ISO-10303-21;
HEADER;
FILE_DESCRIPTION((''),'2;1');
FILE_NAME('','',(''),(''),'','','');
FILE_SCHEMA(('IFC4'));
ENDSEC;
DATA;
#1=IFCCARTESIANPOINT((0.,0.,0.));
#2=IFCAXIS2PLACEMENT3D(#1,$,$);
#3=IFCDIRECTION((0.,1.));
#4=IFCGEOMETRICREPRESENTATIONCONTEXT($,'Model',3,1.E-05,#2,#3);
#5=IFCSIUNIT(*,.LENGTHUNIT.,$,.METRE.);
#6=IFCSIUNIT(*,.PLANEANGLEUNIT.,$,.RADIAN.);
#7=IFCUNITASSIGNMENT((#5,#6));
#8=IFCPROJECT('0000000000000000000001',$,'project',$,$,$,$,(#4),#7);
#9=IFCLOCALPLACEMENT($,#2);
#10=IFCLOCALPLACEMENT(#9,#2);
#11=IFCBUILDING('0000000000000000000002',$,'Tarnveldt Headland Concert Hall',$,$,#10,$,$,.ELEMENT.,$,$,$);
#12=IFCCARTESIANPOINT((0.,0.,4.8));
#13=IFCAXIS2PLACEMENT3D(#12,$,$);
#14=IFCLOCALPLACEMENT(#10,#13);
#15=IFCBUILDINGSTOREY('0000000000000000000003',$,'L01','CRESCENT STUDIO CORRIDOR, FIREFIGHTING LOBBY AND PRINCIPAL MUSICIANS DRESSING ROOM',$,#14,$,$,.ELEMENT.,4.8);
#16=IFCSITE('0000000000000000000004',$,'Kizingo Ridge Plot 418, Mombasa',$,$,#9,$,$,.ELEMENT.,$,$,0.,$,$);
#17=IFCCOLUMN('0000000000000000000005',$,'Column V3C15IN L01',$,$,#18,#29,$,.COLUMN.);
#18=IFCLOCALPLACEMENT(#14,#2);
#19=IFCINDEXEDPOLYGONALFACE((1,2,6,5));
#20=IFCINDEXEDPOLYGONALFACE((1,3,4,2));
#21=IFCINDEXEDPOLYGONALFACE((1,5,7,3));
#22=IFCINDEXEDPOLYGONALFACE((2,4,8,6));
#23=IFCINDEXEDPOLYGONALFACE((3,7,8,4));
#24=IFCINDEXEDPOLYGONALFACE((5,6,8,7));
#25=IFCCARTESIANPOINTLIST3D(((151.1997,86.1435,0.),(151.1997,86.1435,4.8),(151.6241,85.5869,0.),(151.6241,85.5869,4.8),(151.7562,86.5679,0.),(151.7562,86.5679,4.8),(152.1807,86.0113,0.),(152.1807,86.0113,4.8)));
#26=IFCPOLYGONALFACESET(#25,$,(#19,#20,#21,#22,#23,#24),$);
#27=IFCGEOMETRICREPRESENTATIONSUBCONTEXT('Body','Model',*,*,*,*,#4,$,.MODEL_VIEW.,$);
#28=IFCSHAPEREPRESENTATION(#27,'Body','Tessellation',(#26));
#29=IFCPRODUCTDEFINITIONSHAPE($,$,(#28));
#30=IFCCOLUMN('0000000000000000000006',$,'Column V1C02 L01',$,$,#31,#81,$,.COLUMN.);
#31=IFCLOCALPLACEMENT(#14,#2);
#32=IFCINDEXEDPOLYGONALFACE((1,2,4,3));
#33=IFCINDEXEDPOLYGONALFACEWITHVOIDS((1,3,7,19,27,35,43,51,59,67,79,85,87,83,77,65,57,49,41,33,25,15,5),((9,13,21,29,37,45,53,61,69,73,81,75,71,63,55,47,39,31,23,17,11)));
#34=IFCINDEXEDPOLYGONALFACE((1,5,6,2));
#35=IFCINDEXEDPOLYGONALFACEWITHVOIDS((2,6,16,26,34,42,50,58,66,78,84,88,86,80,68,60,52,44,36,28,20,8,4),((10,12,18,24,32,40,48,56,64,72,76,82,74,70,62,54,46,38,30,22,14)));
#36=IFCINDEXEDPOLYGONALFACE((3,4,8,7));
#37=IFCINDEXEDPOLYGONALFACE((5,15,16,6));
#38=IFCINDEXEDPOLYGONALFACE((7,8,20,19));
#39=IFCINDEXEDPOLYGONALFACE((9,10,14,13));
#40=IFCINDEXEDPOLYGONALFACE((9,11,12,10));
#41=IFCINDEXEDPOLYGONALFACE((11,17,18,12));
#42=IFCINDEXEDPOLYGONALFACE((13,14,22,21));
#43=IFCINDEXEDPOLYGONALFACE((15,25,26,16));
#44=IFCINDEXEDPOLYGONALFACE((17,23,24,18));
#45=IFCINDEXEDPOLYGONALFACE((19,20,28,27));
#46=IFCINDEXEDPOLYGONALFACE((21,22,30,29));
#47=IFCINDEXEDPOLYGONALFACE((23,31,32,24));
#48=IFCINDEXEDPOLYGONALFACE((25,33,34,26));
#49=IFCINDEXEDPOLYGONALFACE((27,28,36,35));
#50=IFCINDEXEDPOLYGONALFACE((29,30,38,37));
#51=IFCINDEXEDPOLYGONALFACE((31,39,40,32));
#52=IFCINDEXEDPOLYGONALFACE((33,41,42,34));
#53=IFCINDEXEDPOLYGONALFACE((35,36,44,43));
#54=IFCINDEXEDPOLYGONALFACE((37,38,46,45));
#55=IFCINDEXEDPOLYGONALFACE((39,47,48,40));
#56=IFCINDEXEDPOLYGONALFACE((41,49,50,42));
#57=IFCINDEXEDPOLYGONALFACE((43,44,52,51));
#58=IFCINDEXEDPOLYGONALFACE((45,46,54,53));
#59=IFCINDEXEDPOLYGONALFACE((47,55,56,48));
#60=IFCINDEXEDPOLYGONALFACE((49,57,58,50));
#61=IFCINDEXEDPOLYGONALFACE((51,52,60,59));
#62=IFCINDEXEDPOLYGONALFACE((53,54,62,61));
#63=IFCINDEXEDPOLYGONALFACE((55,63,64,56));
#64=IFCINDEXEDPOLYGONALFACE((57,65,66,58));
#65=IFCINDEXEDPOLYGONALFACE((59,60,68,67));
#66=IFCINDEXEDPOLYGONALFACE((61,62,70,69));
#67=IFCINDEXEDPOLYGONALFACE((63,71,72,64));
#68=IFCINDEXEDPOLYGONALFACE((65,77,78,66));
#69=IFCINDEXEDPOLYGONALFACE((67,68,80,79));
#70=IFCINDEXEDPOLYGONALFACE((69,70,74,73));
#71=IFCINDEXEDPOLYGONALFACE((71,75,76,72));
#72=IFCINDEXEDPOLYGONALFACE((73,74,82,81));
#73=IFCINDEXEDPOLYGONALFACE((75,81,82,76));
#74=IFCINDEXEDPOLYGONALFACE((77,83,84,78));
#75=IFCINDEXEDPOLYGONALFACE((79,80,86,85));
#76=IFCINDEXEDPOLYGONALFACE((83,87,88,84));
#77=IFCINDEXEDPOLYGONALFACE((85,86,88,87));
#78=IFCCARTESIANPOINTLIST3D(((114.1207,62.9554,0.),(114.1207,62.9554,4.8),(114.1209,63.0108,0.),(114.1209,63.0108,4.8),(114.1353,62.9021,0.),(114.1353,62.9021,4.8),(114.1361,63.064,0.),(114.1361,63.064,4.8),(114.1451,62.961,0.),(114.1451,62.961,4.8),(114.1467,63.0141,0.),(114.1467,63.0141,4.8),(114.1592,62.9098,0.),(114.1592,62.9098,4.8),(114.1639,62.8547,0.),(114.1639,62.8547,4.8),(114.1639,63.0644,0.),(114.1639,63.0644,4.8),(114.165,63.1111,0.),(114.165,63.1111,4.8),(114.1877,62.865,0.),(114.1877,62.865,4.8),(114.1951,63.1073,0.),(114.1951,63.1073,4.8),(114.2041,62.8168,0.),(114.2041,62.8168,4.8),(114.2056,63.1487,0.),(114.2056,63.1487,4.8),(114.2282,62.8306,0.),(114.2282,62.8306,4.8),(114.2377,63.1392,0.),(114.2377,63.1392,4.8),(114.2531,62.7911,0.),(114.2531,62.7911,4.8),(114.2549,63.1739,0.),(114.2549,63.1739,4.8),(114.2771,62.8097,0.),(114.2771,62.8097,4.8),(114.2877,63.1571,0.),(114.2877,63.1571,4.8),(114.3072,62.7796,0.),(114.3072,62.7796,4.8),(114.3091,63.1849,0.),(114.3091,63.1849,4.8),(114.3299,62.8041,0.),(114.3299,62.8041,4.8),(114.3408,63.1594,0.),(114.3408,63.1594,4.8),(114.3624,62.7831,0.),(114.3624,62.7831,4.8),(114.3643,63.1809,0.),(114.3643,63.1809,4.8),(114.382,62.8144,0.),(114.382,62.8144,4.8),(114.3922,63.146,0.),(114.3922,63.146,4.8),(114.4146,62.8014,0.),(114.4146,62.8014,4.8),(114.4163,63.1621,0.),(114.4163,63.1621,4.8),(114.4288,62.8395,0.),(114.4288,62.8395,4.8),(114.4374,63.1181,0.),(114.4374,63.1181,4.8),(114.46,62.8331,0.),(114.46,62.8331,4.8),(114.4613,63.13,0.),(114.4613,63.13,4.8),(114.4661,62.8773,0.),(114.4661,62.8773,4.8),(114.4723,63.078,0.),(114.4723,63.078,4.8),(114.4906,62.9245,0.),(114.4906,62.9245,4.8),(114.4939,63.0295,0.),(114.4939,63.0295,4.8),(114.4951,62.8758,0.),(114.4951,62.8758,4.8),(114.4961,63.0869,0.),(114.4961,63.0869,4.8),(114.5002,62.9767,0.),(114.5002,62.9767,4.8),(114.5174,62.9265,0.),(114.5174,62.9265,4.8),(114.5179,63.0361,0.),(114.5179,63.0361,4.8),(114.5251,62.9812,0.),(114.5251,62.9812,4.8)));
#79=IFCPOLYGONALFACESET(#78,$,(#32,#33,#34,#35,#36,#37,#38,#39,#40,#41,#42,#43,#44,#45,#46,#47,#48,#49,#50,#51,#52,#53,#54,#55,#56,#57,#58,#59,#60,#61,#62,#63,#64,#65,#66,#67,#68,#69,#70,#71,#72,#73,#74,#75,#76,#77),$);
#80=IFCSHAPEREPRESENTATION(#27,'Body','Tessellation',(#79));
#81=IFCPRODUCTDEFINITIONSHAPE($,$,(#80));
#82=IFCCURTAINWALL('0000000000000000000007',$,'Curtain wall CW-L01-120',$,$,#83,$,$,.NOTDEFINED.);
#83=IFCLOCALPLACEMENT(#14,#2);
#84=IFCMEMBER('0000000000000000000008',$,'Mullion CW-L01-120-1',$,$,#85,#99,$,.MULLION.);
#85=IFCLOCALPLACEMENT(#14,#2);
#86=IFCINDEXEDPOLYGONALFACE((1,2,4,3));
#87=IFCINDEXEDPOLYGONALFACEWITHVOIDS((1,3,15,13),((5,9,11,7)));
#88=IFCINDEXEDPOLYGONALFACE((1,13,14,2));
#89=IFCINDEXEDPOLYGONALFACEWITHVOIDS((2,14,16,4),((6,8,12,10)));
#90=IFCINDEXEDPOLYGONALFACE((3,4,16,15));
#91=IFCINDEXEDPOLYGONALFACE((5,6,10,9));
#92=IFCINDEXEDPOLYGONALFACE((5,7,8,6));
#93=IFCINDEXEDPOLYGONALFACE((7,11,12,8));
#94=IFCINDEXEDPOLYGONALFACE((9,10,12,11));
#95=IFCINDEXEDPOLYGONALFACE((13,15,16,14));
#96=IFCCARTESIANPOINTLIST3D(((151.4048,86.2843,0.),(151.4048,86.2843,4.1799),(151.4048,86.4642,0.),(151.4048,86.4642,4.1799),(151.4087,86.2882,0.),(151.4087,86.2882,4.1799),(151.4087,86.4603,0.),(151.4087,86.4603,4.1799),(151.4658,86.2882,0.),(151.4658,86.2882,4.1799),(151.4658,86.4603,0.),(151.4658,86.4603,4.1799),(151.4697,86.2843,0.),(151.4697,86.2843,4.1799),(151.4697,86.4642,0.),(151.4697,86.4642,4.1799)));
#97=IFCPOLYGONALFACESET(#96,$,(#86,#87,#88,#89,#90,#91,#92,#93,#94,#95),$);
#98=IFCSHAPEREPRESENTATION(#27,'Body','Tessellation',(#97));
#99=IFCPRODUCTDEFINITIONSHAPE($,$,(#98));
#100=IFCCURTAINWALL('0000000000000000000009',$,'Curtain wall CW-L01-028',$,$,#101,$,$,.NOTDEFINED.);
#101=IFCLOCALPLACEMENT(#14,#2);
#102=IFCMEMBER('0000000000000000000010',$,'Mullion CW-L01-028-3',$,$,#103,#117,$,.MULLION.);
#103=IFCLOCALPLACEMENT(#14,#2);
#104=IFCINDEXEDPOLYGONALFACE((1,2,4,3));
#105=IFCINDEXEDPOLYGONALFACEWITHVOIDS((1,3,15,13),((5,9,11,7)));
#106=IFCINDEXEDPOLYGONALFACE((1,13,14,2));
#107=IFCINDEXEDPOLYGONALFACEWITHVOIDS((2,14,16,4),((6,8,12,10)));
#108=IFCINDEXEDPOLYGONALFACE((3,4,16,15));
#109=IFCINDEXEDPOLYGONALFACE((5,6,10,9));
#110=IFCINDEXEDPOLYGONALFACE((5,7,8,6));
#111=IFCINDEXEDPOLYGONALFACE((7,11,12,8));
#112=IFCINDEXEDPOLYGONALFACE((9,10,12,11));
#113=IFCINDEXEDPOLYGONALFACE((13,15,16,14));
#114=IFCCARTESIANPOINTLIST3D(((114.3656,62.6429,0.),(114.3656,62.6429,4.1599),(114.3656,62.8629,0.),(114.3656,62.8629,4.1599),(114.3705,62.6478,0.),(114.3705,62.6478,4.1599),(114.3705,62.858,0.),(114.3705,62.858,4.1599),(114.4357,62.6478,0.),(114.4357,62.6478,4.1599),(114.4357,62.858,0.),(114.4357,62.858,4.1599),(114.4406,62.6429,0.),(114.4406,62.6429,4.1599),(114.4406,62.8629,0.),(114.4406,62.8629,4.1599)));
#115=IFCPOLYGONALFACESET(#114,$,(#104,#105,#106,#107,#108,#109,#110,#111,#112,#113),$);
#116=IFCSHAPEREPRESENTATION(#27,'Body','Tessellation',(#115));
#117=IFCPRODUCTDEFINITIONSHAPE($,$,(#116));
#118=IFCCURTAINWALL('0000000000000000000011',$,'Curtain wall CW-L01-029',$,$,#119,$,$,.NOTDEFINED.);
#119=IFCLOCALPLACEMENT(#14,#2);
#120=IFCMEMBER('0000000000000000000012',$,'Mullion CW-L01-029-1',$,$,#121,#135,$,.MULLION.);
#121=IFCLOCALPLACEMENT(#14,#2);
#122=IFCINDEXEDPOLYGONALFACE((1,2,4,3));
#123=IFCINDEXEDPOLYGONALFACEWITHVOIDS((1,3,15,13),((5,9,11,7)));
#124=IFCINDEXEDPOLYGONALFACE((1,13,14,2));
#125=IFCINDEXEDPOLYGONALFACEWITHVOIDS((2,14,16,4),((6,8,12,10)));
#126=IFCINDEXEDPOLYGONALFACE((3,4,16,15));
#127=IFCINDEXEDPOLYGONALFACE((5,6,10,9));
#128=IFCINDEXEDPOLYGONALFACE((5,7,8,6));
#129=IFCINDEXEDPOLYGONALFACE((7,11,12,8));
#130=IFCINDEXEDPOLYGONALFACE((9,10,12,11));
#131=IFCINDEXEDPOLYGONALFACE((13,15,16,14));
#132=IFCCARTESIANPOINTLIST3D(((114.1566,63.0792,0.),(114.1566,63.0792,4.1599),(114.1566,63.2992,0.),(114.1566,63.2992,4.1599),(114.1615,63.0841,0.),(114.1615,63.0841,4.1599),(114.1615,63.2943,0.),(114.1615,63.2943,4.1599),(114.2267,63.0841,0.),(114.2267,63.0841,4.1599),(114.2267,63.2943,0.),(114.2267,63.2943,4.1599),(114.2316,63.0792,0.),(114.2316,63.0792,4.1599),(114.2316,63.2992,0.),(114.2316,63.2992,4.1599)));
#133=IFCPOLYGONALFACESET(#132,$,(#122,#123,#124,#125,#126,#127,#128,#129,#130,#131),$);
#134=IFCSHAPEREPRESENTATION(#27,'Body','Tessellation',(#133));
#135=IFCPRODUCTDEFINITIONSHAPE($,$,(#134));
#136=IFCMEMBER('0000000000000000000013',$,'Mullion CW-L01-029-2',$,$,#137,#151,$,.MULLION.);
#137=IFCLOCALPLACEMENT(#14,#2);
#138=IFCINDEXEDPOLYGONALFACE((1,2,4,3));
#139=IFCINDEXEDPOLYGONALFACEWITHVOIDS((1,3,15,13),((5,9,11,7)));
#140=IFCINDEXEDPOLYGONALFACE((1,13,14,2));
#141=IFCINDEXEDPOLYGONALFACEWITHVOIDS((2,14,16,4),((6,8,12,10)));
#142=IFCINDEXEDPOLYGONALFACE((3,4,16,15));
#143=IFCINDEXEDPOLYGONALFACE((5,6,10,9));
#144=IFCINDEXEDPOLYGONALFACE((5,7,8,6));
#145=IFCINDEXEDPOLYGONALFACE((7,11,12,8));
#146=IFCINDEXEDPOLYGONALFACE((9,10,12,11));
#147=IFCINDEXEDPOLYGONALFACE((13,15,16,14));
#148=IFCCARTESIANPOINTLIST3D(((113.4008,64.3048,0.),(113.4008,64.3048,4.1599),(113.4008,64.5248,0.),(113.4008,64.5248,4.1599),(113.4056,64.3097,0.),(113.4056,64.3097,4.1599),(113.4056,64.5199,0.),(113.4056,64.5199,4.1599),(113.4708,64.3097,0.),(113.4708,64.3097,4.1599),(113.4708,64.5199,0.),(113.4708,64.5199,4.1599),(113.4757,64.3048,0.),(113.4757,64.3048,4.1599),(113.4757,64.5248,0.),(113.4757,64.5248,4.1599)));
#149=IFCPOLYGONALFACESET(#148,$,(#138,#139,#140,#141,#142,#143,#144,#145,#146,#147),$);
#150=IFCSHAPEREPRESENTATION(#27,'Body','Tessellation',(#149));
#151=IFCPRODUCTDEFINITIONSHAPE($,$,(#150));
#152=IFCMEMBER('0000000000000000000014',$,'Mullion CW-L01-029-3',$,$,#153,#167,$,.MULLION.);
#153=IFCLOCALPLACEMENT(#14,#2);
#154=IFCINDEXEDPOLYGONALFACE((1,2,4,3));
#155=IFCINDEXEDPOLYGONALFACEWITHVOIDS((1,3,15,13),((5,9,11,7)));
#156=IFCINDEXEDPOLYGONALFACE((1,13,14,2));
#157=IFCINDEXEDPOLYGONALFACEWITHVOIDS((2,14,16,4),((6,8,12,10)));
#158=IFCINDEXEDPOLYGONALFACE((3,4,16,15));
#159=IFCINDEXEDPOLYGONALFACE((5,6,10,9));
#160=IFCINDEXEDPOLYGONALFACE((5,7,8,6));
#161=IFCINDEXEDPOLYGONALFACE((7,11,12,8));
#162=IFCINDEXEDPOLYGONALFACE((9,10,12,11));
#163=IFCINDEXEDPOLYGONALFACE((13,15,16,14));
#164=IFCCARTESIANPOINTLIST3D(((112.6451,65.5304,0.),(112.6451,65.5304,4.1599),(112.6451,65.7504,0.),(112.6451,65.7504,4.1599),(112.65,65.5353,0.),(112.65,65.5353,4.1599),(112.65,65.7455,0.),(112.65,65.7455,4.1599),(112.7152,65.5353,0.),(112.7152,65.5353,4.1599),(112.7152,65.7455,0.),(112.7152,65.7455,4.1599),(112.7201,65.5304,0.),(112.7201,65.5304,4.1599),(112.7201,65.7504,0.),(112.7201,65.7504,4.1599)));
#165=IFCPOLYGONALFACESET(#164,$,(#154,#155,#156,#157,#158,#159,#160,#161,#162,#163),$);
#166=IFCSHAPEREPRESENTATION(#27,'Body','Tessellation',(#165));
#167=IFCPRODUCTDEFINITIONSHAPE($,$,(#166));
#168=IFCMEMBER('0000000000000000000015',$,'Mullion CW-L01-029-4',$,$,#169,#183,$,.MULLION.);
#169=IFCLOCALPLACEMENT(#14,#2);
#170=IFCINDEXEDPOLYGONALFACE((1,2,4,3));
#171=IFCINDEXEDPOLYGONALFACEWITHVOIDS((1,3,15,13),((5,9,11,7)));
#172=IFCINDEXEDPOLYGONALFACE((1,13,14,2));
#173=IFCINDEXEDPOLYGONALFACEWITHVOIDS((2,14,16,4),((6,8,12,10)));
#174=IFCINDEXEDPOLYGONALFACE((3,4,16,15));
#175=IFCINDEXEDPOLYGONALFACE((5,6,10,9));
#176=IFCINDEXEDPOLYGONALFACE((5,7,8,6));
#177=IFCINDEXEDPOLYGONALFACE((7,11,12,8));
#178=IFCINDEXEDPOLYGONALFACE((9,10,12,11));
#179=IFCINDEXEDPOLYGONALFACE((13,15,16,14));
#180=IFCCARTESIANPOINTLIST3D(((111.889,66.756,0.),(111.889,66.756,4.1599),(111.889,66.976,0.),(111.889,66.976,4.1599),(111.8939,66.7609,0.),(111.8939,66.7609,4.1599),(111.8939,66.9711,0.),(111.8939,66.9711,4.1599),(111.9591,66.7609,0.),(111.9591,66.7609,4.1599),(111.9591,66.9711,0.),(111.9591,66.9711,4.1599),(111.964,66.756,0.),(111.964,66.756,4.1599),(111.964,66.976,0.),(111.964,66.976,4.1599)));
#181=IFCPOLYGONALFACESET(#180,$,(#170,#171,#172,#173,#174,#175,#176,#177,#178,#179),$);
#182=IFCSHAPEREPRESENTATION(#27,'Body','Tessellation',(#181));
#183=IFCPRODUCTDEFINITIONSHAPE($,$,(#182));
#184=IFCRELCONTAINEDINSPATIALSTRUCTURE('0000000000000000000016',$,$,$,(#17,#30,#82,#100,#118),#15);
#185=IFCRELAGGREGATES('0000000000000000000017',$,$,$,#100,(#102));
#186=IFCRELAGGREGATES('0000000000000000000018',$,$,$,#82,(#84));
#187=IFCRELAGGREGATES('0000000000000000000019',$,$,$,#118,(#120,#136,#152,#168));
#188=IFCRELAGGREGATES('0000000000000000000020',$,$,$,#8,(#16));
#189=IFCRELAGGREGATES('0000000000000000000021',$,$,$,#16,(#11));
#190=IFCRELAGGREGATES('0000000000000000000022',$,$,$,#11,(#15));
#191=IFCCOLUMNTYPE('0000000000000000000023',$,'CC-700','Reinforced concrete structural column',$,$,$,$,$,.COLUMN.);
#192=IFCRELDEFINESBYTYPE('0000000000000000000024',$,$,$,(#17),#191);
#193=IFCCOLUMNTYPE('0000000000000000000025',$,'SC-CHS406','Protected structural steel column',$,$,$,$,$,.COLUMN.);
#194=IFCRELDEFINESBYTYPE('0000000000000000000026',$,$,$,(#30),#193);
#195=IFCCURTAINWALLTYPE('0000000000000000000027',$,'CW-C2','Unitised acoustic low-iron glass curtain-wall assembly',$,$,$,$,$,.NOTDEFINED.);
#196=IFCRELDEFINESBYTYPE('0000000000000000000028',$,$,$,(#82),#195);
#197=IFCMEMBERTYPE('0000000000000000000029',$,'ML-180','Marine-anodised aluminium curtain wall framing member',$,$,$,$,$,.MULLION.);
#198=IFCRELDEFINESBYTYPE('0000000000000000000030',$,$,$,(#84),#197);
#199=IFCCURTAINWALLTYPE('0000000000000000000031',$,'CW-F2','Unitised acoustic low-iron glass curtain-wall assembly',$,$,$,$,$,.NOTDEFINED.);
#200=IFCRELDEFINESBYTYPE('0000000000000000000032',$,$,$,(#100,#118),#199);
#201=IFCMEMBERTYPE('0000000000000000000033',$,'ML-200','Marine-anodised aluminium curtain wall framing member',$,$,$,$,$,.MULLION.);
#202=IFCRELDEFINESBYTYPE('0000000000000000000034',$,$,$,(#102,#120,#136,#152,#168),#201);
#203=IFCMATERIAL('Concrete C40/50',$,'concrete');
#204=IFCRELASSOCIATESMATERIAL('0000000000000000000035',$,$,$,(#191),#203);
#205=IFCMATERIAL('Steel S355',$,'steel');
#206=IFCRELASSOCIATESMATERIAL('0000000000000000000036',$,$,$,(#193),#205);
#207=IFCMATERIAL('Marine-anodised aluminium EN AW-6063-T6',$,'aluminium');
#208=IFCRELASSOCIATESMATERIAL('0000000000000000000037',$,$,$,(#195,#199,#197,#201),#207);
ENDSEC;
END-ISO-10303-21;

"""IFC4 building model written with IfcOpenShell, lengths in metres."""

from ifc_helpers import new_model, si_unit, direction, frame, origin, origin_2d, place, context, subcontext, project, spatial, rectangle, hollow_rectangle, hollow_circle, extrude, material, material_profile, profile_set, type_object, element, aggregate, save


model = new_model("IFC4")

# Units and contexts
model_context = context("Model", 3, precision=1e-05, world=origin(), true_north=direction((0.0, 1.0)))
body_context = subcontext(model_context, "Body", "Model", "MODEL_VIEW")
ifc_project = project(units=[si_unit("LENGTHUNIT", "METRE"), si_unit("PLANEANGLEUNIT", "RADIAN")], contexts=[model_context])

# Site, building, storey
site_placement = place(None, origin())
site = spatial("IfcSite", under=ifc_project, at=site_placement, Name="Kizingo Ridge Plot 418, Mombasa", CompositionType="ELEMENT", RefElevation=0.0)
building_placement = place(site_placement, origin())
building = spatial("IfcBuilding", under=site, at=building_placement, Name="Tarnveldt Headland Concert Hall", CompositionType="ELEMENT")
storey_placement = place(building_placement, frame((0.0, 0.0, 4.8)))
storey = spatial("IfcBuildingStorey", under=building, at=storey_placement, Name="L01", Description="CRESCENT STUDIO CORRIDOR, FIREFIGHTING LOBBY AND PRINCIPAL MUSICIANS DRESSING ROOM", CompositionType="ELEMENT", Elevation=4.8)

# Columns
ifc_material_1 = material(Name="Concrete C40/50", Category="concrete")
ifc_material_profile_1 = material_profile(ifc_material_1, rectangle(XDim=0.7, YDim=0.7, at=origin_2d()), Name="RC 700x700", Category="concrete")
ifc_profile_set_1 = profile_set([ifc_material_profile_1], Name="Concrete C40/50")
column_type_1 = type_object("IfcColumnType", Name="CC-700", Description="Reinforced concrete structural column", PredefinedType="COLUMN", material=ifc_profile_set_1)
column_1_placement = place(storey_placement, frame((151.6902, 86.0774, 0.0), z_axis=(0.0, 0.0, 1.0), x_axis=(0.795156, 0.606405, 0.0)))
element("IfcColumn", 1, at=column_1_placement, inside=storey, type_object=column_type_1, Name="Column V3C15IN L01", PredefinedType="COLUMN", context=body_context, shape_type="SweptSolid", body=[
    extrude(rectangle(XDim=0.7, YDim=0.7, at=origin_2d()), origin(), (0.0, 0.0, 1.0), 4.8),
])
ifc_material_2 = material(Name="Steel S355", Category="steel")
ifc_material_profile_2 = material_profile(ifc_material_2, hollow_circle(Radius=0.2031, WallThickness=0.0249, at=origin_2d()), Name="CHS 406.4x25", Category="steel")
ifc_profile_set_2 = profile_set([ifc_material_profile_2], Name="Steel S355")
column_type_2 = type_object("IfcColumnType", Name="SC-CHS406", Description="Protected structural steel column", PredefinedType="COLUMN", material=ifc_profile_set_2)
column_2_placement = place(storey_placement, frame((114.322, 62.9822, 0.0), z_axis=(0.0, 0.0, 1.0), x_axis=(0.964142, 0.265388, 0.0)))
element("IfcColumn", 2, at=column_2_placement, inside=storey, type_object=column_type_2, Name="Column V1C02 L01", PredefinedType="COLUMN", context=body_context, shape_type="SweptSolid", body=[
    extrude(hollow_circle(Radius=0.2031, WallThickness=0.0249, at=origin_2d()), origin(), (0.0, 0.0, 1.0), 4.8),
])

# Curtain walls, members
ifc_material_3 = material(Name="Marine-anodised aluminium EN AW-6063-T6", Category="aluminium")
curtain_wall_type_1 = type_object("IfcCurtainWallType", Name="CW-C2", Description="Unitised acoustic low-iron glass curtain-wall assembly", PredefinedType="NOTDEFINED", material=ifc_material_3)
curtain_wall_1_placement = place(storey_placement, origin())
curtain_wall_1 = element("IfcCurtainWall", 3, at=curtain_wall_1_placement, inside=storey, type_object=curtain_wall_type_1, Name="Curtain wall CW-L01-120", PredefinedType="NOTDEFINED")
ifc_material_profile_3 = material_profile(ifc_material_3, hollow_rectangle(XDim=0.0649, YDim=0.1799, WallThickness=0.0039, at=origin_2d()), Name="ALU MULLION 65x180x4", Category="aluminium")
ifc_profile_set_3 = profile_set([ifc_material_profile_3], Name="Marine-anodised aluminium EN AW-6063-T6")
member_type_1 = type_object("IfcMemberType", Name="ML-180", Description="Marine-anodised aluminium curtain wall framing member", PredefinedType="MULLION", material=ifc_profile_set_3)
member_1_placement = place(storey_placement, frame((151.4373, 86.3743, 0.0), z_axis=(0.0, 0.0, 1.0), x_axis=(1.0, 0.0, 0.0)))
member_1 = element("IfcMember", 4, at=member_1_placement, type_object=member_type_1, Name="Mullion CW-L01-120-1", PredefinedType="MULLION", context=body_context, shape_type="SweptSolid", body=[
    extrude(hollow_rectangle(XDim=0.0649, YDim=0.1799, WallThickness=0.0039, at=origin_2d()), origin(), (0.0, 0.0, 1.0), 4.1799),
])
curtain_wall_type_2 = type_object("IfcCurtainWallType", Name="CW-F2", Description="Unitised acoustic low-iron glass curtain-wall assembly", PredefinedType="NOTDEFINED", material=ifc_material_3)
curtain_wall_2_placement = place(storey_placement, origin())
curtain_wall_2 = element("IfcCurtainWall", 5, at=curtain_wall_2_placement, inside=storey, type_object=curtain_wall_type_2, Name="Curtain wall CW-L01-028", PredefinedType="NOTDEFINED")
ifc_material_profile_4 = material_profile(ifc_material_3, hollow_rectangle(XDim=0.075, YDim=0.22, WallThickness=0.0049, at=origin_2d()), Name="ALU MULLION 75x220x5", Category="aluminium")
ifc_profile_set_4 = profile_set([ifc_material_profile_4], Name="Marine-anodised aluminium EN AW-6063-T6")
member_type_2 = type_object("IfcMemberType", Name="ML-200", Description="Marine-anodised aluminium curtain wall framing member", PredefinedType="MULLION", material=ifc_profile_set_4)
member_2_placement = place(storey_placement, frame((114.4031, 62.7529, 0.0), z_axis=(0.0, 0.0, 1.0), x_axis=(1.0, 0.0, 0.0)))
member_2 = element("IfcMember", 6, at=member_2_placement, type_object=member_type_2, Name="Mullion CW-L01-028-3", PredefinedType="MULLION", context=body_context, shape_type="SweptSolid", body=[
    extrude(hollow_rectangle(XDim=0.075, YDim=0.22, WallThickness=0.0049, at=origin_2d()), origin(), (0.0, 0.0, 1.0), 4.1599),
])
aggregate(curtain_wall_2, [member_2])

# Curtain wall, members
curtain_wall_3_placement = place(storey_placement, origin())
curtain_wall_3 = element("IfcCurtainWall", 7, at=curtain_wall_3_placement, inside=storey, type_object=curtain_wall_type_2, Name="Curtain wall CW-L01-029", PredefinedType="NOTDEFINED")
member_3_placement = place(storey_placement, frame((114.1941, 63.1892, 0.0), z_axis=(0.0, 0.0, 1.0), x_axis=(1.0, 0.0, 0.0)))
member_3 = element("IfcMember", 8, at=member_3_placement, type_object=member_type_2, Name="Mullion CW-L01-029-1", PredefinedType="MULLION", context=body_context, shape_type="SweptSolid", body=[
    extrude(hollow_rectangle(XDim=0.075, YDim=0.22, WallThickness=0.0049, at=origin_2d()), origin(), (0.0, 0.0, 1.0), 4.1599),
])
member_4_placement = place(storey_placement, frame((113.4382, 64.4148, 0.0), z_axis=(0.0, 0.0, 1.0), x_axis=(1.0, 0.0, 0.0)))
member_4 = element("IfcMember", 9, at=member_4_placement, type_object=member_type_2, Name="Mullion CW-L01-029-2", PredefinedType="MULLION", context=body_context, shape_type="SweptSolid", body=[
    extrude(hollow_rectangle(XDim=0.075, YDim=0.22, WallThickness=0.0049, at=origin_2d()), origin(), (0.0, 0.0, 1.0), 4.1599),
])
member_5_placement = place(storey_placement, frame((112.6826, 65.6404, 0.0), z_axis=(0.0, 0.0, 1.0), x_axis=(1.0, 0.0, 0.0)))
member_5 = element("IfcMember", 10, at=member_5_placement, type_object=member_type_2, Name="Mullion CW-L01-029-3", PredefinedType="MULLION", context=body_context, shape_type="SweptSolid", body=[
    extrude(hollow_rectangle(XDim=0.075, YDim=0.22, WallThickness=0.0049, at=origin_2d()), origin(), (0.0, 0.0, 1.0), 4.1599),
])
member_6_placement = place(storey_placement, frame((111.9265, 66.866, 0.0), z_axis=(0.0, 0.0, 1.0), x_axis=(1.0, 0.0, 0.0)))
member_6 = element("IfcMember", 11, at=member_6_placement, type_object=member_type_2, Name="Mullion CW-L01-029-4", PredefinedType="MULLION", context=body_context, shape_type="SweptSolid", body=[
    extrude(hollow_rectangle(XDim=0.075, YDim=0.22, WallThickness=0.0049, at=origin_2d()), origin(), (0.0, 0.0, 1.0), 4.1599),
])

aggregate(curtain_wall_1, [member_1])

aggregate(curtain_wall_3, [member_3, member_4, member_5, member_6])

save(model, "model.ifc")
